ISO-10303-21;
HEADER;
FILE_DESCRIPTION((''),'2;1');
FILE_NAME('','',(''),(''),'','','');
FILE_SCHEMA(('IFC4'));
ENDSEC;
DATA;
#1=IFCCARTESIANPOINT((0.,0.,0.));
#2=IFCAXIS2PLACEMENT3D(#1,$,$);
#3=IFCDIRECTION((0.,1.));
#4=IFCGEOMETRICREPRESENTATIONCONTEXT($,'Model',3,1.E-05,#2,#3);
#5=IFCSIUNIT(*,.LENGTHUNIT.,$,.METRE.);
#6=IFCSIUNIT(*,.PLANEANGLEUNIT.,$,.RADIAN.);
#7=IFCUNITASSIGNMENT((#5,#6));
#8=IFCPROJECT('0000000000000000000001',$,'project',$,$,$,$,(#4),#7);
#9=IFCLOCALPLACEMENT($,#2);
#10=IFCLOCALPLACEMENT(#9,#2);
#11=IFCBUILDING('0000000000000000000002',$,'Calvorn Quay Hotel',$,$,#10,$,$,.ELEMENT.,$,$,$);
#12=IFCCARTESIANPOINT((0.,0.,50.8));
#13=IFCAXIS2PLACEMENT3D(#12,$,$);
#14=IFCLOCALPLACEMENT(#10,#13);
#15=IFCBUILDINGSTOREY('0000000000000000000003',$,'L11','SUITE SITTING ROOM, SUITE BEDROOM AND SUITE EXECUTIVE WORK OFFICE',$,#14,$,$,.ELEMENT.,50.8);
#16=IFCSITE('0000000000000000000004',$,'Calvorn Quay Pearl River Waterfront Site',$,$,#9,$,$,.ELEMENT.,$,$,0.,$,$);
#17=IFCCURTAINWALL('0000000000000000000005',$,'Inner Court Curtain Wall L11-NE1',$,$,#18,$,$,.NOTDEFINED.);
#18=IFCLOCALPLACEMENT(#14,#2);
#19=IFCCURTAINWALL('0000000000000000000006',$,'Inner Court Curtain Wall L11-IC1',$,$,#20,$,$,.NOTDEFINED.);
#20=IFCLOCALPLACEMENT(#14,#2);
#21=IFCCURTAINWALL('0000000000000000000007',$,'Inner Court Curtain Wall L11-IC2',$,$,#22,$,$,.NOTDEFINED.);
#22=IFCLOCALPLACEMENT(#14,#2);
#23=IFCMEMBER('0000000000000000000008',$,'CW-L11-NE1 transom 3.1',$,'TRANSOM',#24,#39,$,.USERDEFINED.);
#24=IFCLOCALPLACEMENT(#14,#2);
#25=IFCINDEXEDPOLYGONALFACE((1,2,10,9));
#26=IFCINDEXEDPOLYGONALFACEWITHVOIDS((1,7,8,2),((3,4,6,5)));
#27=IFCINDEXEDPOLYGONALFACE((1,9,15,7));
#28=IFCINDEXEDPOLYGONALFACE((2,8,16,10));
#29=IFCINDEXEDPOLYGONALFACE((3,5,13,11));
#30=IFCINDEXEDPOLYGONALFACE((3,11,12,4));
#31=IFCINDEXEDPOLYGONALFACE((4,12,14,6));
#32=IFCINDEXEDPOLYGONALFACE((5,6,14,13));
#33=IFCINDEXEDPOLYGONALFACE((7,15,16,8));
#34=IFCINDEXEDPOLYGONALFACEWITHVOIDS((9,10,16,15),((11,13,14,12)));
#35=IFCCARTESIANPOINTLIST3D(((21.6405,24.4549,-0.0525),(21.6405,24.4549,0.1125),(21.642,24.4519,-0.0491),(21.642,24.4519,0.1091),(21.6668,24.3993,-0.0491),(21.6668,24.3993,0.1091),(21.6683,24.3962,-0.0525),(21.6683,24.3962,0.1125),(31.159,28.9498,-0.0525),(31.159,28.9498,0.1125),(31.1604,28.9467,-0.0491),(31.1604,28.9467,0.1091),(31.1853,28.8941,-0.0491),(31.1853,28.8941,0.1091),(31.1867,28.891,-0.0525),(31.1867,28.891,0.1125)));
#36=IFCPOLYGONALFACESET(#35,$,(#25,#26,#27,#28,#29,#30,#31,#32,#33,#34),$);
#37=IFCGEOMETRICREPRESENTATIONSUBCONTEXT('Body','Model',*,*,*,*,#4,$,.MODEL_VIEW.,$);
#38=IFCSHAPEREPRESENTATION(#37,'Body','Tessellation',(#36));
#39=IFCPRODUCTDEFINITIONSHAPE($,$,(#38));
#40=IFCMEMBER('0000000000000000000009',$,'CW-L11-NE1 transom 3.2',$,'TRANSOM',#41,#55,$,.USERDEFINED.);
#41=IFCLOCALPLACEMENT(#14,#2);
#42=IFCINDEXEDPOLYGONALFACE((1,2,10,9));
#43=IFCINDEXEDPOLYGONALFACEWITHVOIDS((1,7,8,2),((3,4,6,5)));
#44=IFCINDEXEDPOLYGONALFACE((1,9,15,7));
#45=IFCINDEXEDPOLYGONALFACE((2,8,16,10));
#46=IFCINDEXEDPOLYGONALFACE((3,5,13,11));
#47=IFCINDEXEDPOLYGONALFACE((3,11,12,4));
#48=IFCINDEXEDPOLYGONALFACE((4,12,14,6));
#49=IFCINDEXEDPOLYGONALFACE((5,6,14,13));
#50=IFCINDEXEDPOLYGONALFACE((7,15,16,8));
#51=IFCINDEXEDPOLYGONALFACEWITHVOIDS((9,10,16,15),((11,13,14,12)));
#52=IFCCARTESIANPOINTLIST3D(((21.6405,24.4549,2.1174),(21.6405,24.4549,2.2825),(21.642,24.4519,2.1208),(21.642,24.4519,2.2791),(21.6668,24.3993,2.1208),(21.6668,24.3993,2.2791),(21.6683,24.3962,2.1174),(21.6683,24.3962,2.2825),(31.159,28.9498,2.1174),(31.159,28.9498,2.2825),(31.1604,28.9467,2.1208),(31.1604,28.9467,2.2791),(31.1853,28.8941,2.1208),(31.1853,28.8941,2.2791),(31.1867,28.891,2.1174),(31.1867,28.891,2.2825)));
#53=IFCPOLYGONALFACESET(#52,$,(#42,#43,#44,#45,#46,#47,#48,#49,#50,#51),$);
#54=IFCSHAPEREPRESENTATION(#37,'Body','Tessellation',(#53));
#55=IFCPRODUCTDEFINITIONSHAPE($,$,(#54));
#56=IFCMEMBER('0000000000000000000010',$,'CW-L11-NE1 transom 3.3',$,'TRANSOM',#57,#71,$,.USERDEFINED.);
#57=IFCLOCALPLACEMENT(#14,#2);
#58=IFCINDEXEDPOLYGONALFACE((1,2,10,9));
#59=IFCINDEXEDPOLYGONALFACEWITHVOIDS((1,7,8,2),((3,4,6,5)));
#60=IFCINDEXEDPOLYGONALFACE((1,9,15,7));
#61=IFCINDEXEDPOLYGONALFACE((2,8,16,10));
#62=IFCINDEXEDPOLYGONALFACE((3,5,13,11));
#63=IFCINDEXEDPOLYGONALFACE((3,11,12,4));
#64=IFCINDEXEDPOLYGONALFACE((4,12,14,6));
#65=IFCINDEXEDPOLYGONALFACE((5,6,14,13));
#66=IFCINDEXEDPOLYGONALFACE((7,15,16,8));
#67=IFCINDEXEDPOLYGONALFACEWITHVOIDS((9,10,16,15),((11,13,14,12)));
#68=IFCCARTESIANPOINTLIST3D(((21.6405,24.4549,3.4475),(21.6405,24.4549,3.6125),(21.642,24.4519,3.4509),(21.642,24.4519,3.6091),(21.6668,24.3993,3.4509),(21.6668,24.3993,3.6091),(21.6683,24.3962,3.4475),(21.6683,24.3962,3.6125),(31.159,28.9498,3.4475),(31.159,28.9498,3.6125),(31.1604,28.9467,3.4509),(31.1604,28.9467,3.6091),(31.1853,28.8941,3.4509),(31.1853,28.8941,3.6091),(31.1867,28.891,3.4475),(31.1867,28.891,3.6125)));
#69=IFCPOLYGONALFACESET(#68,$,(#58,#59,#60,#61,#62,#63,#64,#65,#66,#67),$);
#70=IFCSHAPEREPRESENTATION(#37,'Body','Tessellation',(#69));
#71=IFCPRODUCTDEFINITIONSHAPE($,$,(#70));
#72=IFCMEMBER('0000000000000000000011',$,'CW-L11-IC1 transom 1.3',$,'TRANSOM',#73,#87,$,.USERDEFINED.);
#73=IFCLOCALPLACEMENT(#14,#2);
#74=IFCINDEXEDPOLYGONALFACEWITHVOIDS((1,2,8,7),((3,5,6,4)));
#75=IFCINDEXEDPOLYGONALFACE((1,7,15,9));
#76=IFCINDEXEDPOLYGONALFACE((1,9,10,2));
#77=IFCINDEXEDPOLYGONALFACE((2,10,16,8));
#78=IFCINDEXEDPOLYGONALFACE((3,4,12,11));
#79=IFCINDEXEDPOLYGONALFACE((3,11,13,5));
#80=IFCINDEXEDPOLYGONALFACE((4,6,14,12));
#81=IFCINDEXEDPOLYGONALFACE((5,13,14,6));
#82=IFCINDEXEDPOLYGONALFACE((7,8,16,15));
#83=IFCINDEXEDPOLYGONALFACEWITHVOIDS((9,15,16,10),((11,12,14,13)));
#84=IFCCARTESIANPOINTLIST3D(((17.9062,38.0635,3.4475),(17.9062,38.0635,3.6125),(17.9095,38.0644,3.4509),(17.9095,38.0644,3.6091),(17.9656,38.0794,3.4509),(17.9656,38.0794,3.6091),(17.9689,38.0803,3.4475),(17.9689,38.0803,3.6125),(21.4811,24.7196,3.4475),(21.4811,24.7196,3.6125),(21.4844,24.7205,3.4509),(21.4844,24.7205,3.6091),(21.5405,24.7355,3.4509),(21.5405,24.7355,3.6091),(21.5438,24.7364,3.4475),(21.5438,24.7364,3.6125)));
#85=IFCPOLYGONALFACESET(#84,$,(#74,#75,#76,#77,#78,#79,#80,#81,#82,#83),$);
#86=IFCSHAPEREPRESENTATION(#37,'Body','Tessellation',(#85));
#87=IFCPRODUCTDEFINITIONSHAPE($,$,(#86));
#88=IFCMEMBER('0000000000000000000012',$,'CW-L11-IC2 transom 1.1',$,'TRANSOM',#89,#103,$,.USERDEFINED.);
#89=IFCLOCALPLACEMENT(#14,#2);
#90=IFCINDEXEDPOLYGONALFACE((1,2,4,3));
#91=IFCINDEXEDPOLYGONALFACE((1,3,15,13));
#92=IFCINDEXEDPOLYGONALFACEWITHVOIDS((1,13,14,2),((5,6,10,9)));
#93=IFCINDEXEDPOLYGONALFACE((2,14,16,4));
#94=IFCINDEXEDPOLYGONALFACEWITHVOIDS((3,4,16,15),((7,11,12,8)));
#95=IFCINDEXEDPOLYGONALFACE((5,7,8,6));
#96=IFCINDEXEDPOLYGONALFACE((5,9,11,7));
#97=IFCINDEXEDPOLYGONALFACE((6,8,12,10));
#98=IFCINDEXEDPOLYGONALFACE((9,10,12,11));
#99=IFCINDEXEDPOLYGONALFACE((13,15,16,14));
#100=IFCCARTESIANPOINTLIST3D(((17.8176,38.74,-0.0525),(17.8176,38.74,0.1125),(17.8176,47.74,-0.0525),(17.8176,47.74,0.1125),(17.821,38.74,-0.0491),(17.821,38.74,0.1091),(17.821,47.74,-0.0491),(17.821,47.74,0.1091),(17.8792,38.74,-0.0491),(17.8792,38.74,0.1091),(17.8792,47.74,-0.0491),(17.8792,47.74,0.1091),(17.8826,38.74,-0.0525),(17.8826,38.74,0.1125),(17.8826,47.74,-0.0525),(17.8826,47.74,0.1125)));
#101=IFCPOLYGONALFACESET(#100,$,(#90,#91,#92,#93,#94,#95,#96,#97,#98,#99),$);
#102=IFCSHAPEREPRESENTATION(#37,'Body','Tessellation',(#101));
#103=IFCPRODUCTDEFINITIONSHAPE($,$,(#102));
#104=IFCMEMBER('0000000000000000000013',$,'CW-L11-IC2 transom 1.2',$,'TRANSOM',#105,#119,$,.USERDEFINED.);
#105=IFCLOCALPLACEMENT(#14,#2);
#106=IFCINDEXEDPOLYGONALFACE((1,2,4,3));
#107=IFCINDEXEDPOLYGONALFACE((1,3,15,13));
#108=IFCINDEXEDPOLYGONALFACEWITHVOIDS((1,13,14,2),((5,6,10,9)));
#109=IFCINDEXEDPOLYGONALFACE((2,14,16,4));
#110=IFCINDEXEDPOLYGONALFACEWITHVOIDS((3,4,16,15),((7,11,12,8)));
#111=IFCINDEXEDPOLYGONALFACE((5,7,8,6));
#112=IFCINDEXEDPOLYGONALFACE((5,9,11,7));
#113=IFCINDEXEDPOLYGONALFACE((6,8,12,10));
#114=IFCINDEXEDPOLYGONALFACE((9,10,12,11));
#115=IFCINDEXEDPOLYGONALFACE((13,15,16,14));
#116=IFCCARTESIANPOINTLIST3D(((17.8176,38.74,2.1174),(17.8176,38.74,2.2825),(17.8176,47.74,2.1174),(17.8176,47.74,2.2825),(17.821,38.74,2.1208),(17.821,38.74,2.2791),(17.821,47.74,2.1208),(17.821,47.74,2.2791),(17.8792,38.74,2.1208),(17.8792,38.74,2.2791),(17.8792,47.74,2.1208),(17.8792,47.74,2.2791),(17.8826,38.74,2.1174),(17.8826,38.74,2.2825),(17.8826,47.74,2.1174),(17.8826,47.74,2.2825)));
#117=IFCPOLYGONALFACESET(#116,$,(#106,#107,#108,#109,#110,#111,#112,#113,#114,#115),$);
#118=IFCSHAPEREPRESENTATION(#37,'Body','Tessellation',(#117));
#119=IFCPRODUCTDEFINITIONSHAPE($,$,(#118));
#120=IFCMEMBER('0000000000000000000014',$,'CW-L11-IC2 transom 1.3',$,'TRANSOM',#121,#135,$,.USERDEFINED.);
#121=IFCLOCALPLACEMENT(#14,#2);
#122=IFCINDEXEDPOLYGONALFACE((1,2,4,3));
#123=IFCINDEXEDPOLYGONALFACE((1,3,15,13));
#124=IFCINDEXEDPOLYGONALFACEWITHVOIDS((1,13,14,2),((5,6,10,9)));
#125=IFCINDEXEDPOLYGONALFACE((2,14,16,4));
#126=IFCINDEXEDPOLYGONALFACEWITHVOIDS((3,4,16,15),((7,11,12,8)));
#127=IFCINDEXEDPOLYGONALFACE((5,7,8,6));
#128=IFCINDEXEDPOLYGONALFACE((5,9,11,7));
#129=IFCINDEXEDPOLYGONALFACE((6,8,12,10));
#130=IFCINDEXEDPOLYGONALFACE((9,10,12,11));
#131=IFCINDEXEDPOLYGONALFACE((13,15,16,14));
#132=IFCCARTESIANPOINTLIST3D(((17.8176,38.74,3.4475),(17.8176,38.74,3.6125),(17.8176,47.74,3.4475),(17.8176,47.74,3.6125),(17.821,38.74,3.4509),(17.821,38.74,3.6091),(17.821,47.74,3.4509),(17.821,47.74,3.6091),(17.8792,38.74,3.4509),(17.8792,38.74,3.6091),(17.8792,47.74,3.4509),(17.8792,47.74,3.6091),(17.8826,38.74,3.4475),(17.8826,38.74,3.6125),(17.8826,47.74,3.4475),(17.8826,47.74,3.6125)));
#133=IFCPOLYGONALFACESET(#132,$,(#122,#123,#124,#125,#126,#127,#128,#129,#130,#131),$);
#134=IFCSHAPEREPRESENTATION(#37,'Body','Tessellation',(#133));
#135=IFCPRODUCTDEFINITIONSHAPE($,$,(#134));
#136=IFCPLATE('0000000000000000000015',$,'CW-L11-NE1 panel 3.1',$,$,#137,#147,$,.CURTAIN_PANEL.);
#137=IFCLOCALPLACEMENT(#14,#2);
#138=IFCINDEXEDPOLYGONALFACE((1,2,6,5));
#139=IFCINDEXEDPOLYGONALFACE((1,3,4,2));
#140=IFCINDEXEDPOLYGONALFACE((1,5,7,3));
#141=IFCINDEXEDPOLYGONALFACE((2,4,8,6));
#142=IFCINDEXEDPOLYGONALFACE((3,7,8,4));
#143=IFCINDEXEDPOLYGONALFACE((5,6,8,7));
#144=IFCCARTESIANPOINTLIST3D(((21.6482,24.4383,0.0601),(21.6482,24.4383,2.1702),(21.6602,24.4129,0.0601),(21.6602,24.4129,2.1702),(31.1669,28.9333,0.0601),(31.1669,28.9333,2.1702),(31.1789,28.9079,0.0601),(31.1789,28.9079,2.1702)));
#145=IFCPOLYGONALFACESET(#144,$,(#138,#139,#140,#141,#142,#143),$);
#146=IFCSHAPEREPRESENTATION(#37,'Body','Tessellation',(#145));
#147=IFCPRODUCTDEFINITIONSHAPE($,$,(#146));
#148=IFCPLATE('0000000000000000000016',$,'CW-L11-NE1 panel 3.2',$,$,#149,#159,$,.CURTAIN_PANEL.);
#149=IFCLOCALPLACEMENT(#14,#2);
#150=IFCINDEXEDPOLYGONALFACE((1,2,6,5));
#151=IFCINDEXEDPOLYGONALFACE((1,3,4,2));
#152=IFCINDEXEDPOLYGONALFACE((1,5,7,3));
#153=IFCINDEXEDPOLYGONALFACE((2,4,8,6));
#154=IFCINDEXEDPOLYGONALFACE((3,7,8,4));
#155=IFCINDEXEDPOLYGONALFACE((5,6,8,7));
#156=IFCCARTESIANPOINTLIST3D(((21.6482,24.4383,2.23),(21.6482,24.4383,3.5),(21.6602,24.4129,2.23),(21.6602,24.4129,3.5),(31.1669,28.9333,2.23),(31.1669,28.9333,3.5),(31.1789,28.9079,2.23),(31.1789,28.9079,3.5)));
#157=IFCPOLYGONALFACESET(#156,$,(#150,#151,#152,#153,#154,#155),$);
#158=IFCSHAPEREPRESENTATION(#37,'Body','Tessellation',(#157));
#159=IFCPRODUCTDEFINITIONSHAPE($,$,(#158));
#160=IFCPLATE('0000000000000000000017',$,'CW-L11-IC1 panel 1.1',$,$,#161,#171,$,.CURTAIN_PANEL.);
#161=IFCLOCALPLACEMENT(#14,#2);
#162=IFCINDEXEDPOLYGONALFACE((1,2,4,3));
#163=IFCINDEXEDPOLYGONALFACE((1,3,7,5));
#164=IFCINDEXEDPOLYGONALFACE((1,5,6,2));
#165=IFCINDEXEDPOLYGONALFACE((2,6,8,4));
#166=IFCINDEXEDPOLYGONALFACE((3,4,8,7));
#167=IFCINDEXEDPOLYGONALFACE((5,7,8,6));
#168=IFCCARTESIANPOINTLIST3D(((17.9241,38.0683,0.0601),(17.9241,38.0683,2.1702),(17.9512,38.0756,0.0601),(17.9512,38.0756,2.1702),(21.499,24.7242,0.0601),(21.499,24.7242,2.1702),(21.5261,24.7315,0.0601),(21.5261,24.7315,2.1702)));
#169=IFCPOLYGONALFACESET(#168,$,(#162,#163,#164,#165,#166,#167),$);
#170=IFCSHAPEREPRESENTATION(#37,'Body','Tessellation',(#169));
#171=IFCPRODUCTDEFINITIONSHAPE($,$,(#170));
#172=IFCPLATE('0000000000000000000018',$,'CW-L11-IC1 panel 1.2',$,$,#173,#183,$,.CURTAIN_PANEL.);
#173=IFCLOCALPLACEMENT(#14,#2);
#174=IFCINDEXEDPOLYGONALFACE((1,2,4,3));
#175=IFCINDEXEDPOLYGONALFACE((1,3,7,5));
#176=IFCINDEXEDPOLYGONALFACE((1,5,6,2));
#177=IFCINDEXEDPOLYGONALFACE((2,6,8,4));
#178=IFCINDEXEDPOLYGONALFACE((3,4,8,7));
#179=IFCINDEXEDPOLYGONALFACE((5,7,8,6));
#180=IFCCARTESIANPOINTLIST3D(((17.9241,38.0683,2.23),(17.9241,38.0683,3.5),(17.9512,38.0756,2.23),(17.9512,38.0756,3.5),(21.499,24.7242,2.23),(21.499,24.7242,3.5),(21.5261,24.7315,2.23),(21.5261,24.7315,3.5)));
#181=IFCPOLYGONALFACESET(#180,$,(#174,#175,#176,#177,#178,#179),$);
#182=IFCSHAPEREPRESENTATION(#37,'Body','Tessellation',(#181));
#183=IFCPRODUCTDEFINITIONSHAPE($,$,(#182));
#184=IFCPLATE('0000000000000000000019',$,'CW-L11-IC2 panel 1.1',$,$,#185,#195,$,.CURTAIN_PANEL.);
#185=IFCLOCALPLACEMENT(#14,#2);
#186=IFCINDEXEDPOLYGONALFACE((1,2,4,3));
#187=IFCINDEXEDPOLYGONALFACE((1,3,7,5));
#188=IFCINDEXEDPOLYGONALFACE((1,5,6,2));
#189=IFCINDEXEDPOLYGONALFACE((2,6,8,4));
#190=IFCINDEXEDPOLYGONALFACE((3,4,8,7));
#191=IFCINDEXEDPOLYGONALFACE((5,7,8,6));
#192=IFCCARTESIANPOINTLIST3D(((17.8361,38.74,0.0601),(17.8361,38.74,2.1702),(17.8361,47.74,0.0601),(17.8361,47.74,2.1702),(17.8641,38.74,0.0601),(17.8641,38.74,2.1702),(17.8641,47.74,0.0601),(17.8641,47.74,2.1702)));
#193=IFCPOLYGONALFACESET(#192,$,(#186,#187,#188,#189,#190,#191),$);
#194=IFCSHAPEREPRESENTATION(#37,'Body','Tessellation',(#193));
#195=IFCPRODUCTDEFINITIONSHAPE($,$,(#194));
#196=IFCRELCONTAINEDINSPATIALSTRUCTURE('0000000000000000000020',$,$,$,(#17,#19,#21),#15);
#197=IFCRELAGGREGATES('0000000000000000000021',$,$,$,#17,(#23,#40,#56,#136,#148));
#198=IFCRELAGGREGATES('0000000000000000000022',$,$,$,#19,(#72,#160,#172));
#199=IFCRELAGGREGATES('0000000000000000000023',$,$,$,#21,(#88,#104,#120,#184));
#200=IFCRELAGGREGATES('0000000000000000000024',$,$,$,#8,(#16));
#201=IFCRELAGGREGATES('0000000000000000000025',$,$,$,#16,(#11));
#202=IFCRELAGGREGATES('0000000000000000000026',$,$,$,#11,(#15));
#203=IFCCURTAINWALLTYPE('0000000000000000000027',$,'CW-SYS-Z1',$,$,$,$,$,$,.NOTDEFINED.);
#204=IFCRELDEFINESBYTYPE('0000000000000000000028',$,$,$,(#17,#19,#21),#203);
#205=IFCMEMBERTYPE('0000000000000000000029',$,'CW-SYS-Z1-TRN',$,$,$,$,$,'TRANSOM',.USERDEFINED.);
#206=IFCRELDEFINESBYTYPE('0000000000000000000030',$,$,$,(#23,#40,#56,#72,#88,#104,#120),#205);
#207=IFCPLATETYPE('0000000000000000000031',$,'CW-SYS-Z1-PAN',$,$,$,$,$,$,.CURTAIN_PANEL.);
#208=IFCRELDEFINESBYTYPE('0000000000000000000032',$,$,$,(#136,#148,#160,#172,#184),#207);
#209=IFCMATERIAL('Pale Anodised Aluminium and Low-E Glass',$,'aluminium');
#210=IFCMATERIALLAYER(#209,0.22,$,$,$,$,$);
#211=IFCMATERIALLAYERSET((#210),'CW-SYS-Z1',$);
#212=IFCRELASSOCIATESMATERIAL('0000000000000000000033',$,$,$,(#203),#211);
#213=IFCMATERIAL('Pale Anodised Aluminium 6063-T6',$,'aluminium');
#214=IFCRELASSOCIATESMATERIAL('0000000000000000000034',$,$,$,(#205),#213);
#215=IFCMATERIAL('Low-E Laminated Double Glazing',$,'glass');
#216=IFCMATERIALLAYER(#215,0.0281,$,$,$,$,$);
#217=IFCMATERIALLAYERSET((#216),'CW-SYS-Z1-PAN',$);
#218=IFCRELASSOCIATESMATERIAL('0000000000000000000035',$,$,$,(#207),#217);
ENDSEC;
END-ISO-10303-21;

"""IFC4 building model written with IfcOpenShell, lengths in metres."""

from ifc_helpers import new_model, si_unit, direction, frame, origin, origin_2d, place, context, subcontext, project, spatial, rectangle, hollow_rectangle, extrude, material, layer, layer_set, material_profile, profile_set, type_object, element, aggregate, save


model = new_model("IFC4")

# Units and contexts
model_context = context("Model", 3, precision=1e-05, world=origin(), true_north=direction((0.0, 1.0)))
body_context = subcontext(model_context, "Body", "Model", "MODEL_VIEW")
ifc_project = project(units=[si_unit("LENGTHUNIT", "METRE"), si_unit("PLANEANGLEUNIT", "RADIAN")], contexts=[model_context])

# Site, building, storey
site_placement = place(None, origin())
site = spatial("IfcSite", under=ifc_project, at=site_placement, Name="Calvorn Quay Pearl River Waterfront Site", CompositionType="ELEMENT", RefElevation=0.0)
building_placement = place(site_placement, origin())
building = spatial("IfcBuilding", under=site, at=building_placement, Name="Calvorn Quay Hotel", CompositionType="ELEMENT")
storey_placement = place(building_placement, frame((0.0, 0.0, 50.8)))
storey = spatial("IfcBuildingStorey", under=building, at=storey_placement, Name="L11", Description="SUITE SITTING ROOM, SUITE BEDROOM AND SUITE EXECUTIVE WORK OFFICE", CompositionType="ELEMENT", Elevation=50.8)

# Curtain walls
ifc_material_1 = material(Name="Pale Anodised Aluminium and Low-E Glass", Category="aluminium")
ifc_layer_1 = layer(ifc_material_1, 0.22)
ifc_layer_set_1 = layer_set([ifc_layer_1], Name="CW-SYS-Z1")
curtain_wall_type = type_object("IfcCurtainWallType", Name="CW-SYS-Z1", PredefinedType="NOTDEFINED", material=ifc_layer_set_1)
curtain_wall_1_placement = place(storey_placement, origin())
curtain_wall_1 = element("IfcCurtainWall", 1, at=curtain_wall_1_placement, inside=storey, type_object=curtain_wall_type, Name="Inner Court Curtain Wall L11-NE1", PredefinedType="NOTDEFINED")
curtain_wall_2_placement = place(storey_placement, origin())
curtain_wall_2 = element("IfcCurtainWall", 2, at=curtain_wall_2_placement, inside=storey, type_object=curtain_wall_type, Name="Inner Court Curtain Wall L11-IC1", PredefinedType="NOTDEFINED")

# Curtain wall
curtain_wall_3_placement = place(storey_placement, origin())
curtain_wall_3 = element("IfcCurtainWall", 3, at=curtain_wall_3_placement, inside=storey, type_object=curtain_wall_type, Name="Inner Court Curtain Wall L11-IC2", PredefinedType="NOTDEFINED")

# Members
ifc_material_2 = material(Name="Pale Anodised Aluminium 6063-T6", Category="aluminium")
ifc_material_profile_1 = material_profile(ifc_material_2, hollow_rectangle(XDim=0.0649, YDim=0.165, WallThickness=0.0034, at=origin_2d()), Name="ALU-T165x65x3.5")
ifc_profile_set_1 = profile_set([ifc_material_profile_1], Name="Pale Anodised Aluminium 6063-T6")
member_type_1 = type_object("IfcMemberType", Name="CW-SYS-Z1-TRN", ElementType="TRANSOM", PredefinedType="USERDEFINED", material=ifc_profile_set_1)
member_1_placement = place(storey_placement, frame((31.1729, 28.9204, 0.03), z_axis=(-0.904249, -0.427006, 0.0), x_axis=(0.427006, -0.904249, 0.0)))
member_1 = element("IfcMember", 4, at=member_1_placement, type_object=member_type_1, Name="CW-L11-NE1 transom 3.1", ObjectType="TRANSOM", PredefinedType="USERDEFINED", context=body_context, shape_type="SweptSolid", body=[
    extrude(hollow_rectangle(XDim=0.0649, YDim=0.165, WallThickness=0.0034, at=origin_2d()), origin(), (0.0, 0.0, 1.0), 10.5264),
])
member_2_placement = place(storey_placement, frame((31.1729, 28.9204, 2.2), z_axis=(-0.904249, -0.427006, 0.0), x_axis=(0.427006, -0.904249, 0.0)))
member_2 = element("IfcMember", 5, at=member_2_placement, type_object=member_type_1, Name="CW-L11-NE1 transom 3.2", ObjectType="TRANSOM", PredefinedType="USERDEFINED", context=body_context, shape_type="SweptSolid", body=[
    extrude(hollow_rectangle(XDim=0.0649, YDim=0.165, WallThickness=0.0034, at=origin_2d()), origin(), (0.0, 0.0, 1.0), 10.5264),
])
member_3_placement = place(storey_placement, frame((31.1729, 28.9204, 3.53), z_axis=(-0.904249, -0.427006, 0.0), x_axis=(0.427006, -0.904249, 0.0)))
member_3 = element("IfcMember", 6, at=member_3_placement, type_object=member_type_1, Name="CW-L11-NE1 transom 3.3", ObjectType="TRANSOM", PredefinedType="USERDEFINED", context=body_context, shape_type="SweptSolid", body=[
    extrude(hollow_rectangle(XDim=0.0649, YDim=0.165, WallThickness=0.0034, at=origin_2d()), origin(), (0.0, 0.0, 1.0), 10.5264),
])
member_4_placement = place(storey_placement, frame((21.5125, 24.728, 3.53), z_axis=(-0.258781, 0.965936, 0.0), x_axis=(-0.965936, -0.258781, 0.0)))
member_4 = element("IfcMember", 7, at=member_4_placement, type_object=member_type_1, Name="CW-L11-IC1 transom 1.3", ObjectType="TRANSOM", PredefinedType="USERDEFINED", context=body_context, shape_type="SweptSolid", body=[
    extrude(hollow_rectangle(XDim=0.0649, YDim=0.165, WallThickness=0.0034, at=origin_2d()), origin(), (0.0, 0.0, 1.0), 13.8145),
])
member_5_placement = place(storey_placement, frame((17.8501, 38.74, 0.03), z_axis=(0.0, 1.0, 0.0), x_axis=(-1.0, 0.0, 0.0)))
member_5 = element("IfcMember", 8, at=member_5_placement, type_object=member_type_1, Name="CW-L11-IC2 transom 1.1", ObjectType="TRANSOM", PredefinedType="USERDEFINED", context=body_context, shape_type="SweptSolid", body=[
    extrude(hollow_rectangle(XDim=0.0649, YDim=0.165, WallThickness=0.0034, at=origin_2d()), origin(), (0.0, 0.0, 1.0), 9.0),
])
member_6_placement = place(storey_placement, frame((17.8501, 38.74, 2.2), z_axis=(0.0, 1.0, 0.0), x_axis=(-1.0, 0.0, 0.0)))
member_6 = element("IfcMember", 9, at=member_6_placement, type_object=member_type_1, Name="CW-L11-IC2 transom 1.2", ObjectType="TRANSOM", PredefinedType="USERDEFINED", context=body_context, shape_type="SweptSolid", body=[
    extrude(hollow_rectangle(XDim=0.0649, YDim=0.165, WallThickness=0.0034, at=origin_2d()), origin(), (0.0, 0.0, 1.0), 9.0),
])
member_7_placement = place(storey_placement, frame((17.8501, 38.74, 3.53), z_axis=(0.0, 1.0, 0.0), x_axis=(-1.0, 0.0, 0.0)))
member_7 = element("IfcMember", 10, at=member_7_placement, type_object=member_type_1, Name="CW-L11-IC2 transom 1.3", ObjectType="TRANSOM", PredefinedType="USERDEFINED", context=body_context, shape_type="SweptSolid", body=[
    extrude(hollow_rectangle(XDim=0.0649, YDim=0.165, WallThickness=0.0034, at=origin_2d()), origin(), (0.0, 0.0, 1.0), 9.0),
])

# Plates
ifc_material_3 = material(Name="Low-E Laminated Double Glazing", Category="glass")
ifc_layer_2 = layer(ifc_material_3, 0.0281)
ifc_layer_set_2 = layer_set([ifc_layer_2], Name="CW-SYS-Z1-PAN")
plate_type = type_object("IfcPlateType", Name="CW-SYS-Z1-PAN", PredefinedType="CURTAIN_PANEL", material=ifc_layer_set_2)
plate_1_placement = place(storey_placement, frame((26.4136, 26.6731, 0.0601), z_axis=(0.0, 0.0, 1.0), x_axis=(-0.904249, -0.427006, 0.0)))
plate_1 = element("IfcPlate", 11, at=plate_1_placement, type_object=plate_type, Name="CW-L11-NE1 panel 3.1", PredefinedType="CURTAIN_PANEL", context=body_context, shape_type="SweptSolid", body=[
    extrude(rectangle(XDim=10.5266, YDim=0.0281, at=origin_2d()), origin(), (0.0, 0.0, 1.0), 2.1101),
])
plate_2_placement = place(storey_placement, frame((26.4136, 26.6731, 2.23), z_axis=(0.0, 0.0, 1.0), x_axis=(-0.904249, -0.427006, 0.0)))
plate_2 = element("IfcPlate", 12, at=plate_2_placement, type_object=plate_type, Name="CW-L11-NE1 panel 3.2", PredefinedType="CURTAIN_PANEL", context=body_context, shape_type="SweptSolid", body=[
    extrude(rectangle(XDim=10.5266, YDim=0.0281, at=origin_2d()), origin(), (0.0, 0.0, 1.0), 1.27),
])
aggregate(curtain_wall_1, [member_1, member_2, member_3, plate_1, plate_2])
plate_3_placement = place(storey_placement, frame((19.7251, 31.3999, 0.0601), z_axis=(0.0, 0.0, 1.0), x_axis=(-0.258779, 0.965937, 0.0)))
plate_3 = element("IfcPlate", 13, at=plate_3_placement, type_object=plate_type, Name="CW-L11-IC1 panel 1.1", PredefinedType="CURTAIN_PANEL", context=body_context, shape_type="SweptSolid", body=[
    extrude(rectangle(XDim=13.8147, YDim=0.0281, at=origin_2d()), origin(), (0.0, 0.0, 1.0), 2.1101),
])
plate_4_placement = place(storey_placement, frame((19.7251, 31.3999, 2.23), z_axis=(0.0, 0.0, 1.0), x_axis=(-0.258779, 0.965937, 0.0)))
plate_4 = element("IfcPlate", 14, at=plate_4_placement, type_object=plate_type, Name="CW-L11-IC1 panel 1.2", PredefinedType="CURTAIN_PANEL", context=body_context, shape_type="SweptSolid", body=[
    extrude(rectangle(XDim=13.8147, YDim=0.0281, at=origin_2d()), origin(), (0.0, 0.0, 1.0), 1.27),
])
aggregate(curtain_wall_2, [member_4, plate_3, plate_4])
plate_5_placement = place(storey_placement, frame((17.8501, 43.24, 0.0601), z_axis=(0.0, 0.0, 1.0), x_axis=(0.0, 1.0, 0.0)))
plate_5 = element("IfcPlate", 15, at=plate_5_placement, type_object=plate_type, Name="CW-L11-IC2 panel 1.1", PredefinedType="CURTAIN_PANEL", context=body_context, shape_type="SweptSolid", body=[
    extrude(rectangle(XDim=9.0, YDim=0.0281, at=origin_2d()), origin(), (0.0, 0.0, 1.0), 2.1101),
])
aggregate(curtain_wall_3, [member_5, member_6, member_7, plate_5])

save(model, "model.ifc")
